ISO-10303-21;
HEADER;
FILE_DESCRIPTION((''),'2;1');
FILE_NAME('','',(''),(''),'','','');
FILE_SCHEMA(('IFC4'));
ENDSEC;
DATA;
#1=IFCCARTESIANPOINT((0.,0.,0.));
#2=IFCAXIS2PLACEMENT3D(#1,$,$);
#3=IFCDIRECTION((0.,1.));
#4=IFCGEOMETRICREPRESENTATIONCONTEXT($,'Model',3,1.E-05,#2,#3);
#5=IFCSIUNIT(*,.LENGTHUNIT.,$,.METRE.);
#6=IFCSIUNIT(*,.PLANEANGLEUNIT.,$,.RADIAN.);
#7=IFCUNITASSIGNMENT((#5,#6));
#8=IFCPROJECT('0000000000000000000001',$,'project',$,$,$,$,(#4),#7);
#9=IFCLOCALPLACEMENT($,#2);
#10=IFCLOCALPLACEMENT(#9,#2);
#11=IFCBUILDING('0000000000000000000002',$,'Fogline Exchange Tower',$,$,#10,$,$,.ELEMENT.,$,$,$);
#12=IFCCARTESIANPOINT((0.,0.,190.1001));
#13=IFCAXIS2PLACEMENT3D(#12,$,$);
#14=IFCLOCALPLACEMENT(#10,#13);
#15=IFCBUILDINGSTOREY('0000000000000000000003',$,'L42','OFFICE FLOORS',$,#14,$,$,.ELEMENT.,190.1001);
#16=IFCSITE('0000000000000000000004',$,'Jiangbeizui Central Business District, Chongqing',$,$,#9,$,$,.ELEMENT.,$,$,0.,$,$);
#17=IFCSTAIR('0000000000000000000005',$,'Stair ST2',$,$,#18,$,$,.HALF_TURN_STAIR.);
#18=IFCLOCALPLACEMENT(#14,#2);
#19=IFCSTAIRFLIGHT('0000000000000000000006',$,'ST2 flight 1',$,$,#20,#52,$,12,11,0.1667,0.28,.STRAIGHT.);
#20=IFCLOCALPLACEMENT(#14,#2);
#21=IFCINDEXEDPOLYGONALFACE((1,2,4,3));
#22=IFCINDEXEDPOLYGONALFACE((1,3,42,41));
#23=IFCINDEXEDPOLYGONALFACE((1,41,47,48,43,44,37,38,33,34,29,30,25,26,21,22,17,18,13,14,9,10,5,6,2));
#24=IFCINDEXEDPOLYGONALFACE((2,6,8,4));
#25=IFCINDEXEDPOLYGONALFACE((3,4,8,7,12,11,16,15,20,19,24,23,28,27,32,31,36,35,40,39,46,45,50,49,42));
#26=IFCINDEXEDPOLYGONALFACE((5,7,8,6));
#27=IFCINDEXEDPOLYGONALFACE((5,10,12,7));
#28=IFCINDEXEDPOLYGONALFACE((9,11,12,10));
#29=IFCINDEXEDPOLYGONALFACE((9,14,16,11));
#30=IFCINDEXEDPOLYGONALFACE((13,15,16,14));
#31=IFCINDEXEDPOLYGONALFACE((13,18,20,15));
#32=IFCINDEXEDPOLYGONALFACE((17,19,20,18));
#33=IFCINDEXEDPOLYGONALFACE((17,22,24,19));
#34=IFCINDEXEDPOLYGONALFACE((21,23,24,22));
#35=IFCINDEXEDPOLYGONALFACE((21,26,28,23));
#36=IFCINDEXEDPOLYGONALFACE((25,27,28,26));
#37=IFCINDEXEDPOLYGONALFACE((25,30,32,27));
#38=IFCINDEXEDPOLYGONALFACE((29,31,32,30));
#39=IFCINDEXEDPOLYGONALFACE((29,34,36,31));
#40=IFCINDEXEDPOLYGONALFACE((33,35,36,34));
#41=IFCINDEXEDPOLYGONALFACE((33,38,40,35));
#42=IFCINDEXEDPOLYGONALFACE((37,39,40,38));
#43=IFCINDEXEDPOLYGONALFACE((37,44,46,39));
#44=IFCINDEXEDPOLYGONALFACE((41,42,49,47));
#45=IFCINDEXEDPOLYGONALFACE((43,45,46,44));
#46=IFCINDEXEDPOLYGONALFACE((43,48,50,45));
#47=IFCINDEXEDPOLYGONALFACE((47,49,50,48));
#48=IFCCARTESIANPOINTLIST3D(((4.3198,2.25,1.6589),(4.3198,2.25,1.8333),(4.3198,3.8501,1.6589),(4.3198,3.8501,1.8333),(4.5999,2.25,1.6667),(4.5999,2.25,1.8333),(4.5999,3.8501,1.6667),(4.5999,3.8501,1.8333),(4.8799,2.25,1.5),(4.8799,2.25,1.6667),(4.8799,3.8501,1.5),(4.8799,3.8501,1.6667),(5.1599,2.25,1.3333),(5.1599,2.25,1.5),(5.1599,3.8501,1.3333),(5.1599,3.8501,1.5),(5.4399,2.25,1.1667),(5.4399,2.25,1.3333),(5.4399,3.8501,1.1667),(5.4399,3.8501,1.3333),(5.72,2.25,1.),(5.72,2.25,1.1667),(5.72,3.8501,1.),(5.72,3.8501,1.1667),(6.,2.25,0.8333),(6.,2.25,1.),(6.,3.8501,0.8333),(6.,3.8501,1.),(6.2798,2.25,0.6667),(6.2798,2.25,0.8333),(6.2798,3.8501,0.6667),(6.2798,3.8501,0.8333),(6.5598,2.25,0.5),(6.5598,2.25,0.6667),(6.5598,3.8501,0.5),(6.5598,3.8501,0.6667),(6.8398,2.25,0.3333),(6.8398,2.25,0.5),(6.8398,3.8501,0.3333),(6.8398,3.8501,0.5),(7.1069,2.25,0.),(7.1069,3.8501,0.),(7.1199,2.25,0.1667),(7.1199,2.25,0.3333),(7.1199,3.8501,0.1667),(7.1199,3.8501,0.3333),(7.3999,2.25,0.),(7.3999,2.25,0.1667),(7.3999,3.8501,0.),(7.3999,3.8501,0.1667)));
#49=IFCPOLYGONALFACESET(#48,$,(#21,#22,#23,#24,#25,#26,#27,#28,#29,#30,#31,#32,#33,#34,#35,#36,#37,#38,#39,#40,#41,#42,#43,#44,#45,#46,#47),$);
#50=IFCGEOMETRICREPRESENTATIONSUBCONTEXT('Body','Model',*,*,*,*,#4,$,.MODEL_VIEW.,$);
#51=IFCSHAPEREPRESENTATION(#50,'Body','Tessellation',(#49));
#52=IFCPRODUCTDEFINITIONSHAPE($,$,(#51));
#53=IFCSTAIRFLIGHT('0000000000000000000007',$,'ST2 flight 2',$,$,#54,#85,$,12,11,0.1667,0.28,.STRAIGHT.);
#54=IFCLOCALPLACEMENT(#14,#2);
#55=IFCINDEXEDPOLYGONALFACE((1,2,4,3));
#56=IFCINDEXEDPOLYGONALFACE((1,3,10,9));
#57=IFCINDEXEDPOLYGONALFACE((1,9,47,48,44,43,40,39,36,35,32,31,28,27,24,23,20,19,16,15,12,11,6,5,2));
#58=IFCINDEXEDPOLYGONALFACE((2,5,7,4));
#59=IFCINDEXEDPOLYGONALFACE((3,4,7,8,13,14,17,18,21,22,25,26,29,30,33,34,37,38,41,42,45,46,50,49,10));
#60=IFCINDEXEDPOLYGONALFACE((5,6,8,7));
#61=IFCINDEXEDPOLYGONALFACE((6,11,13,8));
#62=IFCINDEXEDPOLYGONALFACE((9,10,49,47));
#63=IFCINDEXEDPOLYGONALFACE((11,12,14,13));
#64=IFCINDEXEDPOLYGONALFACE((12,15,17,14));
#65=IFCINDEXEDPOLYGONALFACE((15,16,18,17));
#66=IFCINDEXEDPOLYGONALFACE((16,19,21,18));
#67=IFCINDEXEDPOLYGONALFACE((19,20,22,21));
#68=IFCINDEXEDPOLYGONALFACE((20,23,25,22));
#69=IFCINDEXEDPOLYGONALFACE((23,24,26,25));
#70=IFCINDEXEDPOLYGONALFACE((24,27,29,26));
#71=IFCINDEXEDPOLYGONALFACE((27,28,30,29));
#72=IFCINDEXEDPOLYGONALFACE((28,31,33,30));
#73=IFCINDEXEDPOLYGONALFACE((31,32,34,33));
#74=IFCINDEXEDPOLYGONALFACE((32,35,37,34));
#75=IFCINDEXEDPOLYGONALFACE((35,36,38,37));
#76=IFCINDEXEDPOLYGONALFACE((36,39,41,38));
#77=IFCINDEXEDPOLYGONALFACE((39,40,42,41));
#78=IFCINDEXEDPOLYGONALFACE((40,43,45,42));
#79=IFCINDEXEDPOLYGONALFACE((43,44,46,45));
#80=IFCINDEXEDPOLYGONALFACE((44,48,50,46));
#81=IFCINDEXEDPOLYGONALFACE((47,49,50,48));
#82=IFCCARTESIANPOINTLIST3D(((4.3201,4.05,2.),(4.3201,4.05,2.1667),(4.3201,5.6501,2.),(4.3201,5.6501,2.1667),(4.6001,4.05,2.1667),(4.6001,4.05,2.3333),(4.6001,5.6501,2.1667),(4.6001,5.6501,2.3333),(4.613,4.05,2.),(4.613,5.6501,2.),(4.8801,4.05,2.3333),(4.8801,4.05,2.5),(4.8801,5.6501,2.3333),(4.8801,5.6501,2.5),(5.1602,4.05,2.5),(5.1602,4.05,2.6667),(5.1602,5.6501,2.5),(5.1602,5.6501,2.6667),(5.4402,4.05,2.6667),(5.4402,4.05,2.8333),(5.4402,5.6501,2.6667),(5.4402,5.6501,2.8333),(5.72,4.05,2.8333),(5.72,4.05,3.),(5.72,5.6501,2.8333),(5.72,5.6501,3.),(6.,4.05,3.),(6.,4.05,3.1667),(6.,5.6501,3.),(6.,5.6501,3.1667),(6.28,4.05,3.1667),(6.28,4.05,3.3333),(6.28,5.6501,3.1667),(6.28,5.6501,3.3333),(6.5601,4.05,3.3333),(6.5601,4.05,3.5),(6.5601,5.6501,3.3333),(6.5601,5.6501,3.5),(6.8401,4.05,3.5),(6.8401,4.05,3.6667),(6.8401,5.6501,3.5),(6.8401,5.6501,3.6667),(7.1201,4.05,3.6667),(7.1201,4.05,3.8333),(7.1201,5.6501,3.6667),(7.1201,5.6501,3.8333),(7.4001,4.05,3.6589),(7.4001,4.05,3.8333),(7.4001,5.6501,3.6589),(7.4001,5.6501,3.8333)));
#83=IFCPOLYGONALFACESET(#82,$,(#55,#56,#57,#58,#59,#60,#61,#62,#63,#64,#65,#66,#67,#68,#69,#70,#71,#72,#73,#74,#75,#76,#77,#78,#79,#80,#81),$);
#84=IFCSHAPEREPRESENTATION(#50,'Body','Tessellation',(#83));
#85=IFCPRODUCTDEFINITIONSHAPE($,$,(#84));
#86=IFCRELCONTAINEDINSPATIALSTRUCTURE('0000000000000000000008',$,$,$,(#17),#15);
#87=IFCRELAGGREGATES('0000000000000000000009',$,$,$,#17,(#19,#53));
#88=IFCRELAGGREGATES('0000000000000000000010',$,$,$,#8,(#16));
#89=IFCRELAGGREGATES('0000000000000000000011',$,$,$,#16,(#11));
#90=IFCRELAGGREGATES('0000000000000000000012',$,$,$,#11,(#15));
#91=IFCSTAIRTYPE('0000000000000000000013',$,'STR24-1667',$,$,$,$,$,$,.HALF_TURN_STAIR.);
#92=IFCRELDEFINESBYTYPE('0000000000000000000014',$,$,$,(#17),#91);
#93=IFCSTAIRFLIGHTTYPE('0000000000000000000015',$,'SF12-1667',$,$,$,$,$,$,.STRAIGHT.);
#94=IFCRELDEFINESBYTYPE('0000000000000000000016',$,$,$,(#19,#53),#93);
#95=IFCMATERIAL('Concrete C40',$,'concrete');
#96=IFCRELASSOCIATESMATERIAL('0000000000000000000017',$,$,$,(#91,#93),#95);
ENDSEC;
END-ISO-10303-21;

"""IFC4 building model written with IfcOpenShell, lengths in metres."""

from ifc_helpers import new_model, si_unit, direction, frame, origin, place, context, subcontext, project, spatial, polyline, outline, extrude, material, type_object, element, aggregate, save


model = new_model("IFC4")

# Units and contexts
model_context = context("Model", 3, precision=1e-05, world=origin(), true_north=direction((0.0, 1.0)))
body_context = subcontext(model_context, "Body", "Model", "MODEL_VIEW")
ifc_project = project(units=[si_unit("LENGTHUNIT", "METRE"), si_unit("PLANEANGLEUNIT", "RADIAN")], contexts=[model_context])

# Site, building, storey
site_placement = place(None, origin())
site = spatial("IfcSite", under=ifc_project, at=site_placement, Name="Jiangbeizui Central Business District, Chongqing", CompositionType="ELEMENT", RefElevation=0.0)
building_placement = place(site_placement, origin())
building = spatial("IfcBuilding", under=site, at=building_placement, Name="Fogline Exchange Tower", CompositionType="ELEMENT")
storey_placement = place(building_placement, frame((0.0, 0.0, 190.1001)))
storey = spatial("IfcBuildingStorey", under=building, at=storey_placement, Name="L42", Description="OFFICE FLOORS", CompositionType="ELEMENT", Elevation=190.1001)

# Shared definitions
ifc_material_1 = material(Name="Concrete C40", Category="concrete")

# Stair
stair_type = type_object("IfcStairType", Name="STR24-1667", PredefinedType="HALF_TURN_STAIR", material=ifc_material_1)
stair_1_placement = place(storey_placement, origin())
stair_1 = element("IfcStair", 1, at=stair_1_placement, inside=storey, type_object=stair_type, Name="Stair ST2", PredefinedType="HALF_TURN_STAIR")

# Stair flights
stair_flight_type = type_object("IfcStairFlightType", Name="SF12-1667", PredefinedType="STRAIGHT", material=ifc_material_1)
stair_flight_1_placement = place(storey_placement, frame((7.3999, 3.05, 0.0), z_axis=(0.0, 0.0, 1.0), x_axis=(-1.0, 0.0, 0.0)))
stair_flight_1 = element("IfcStairFlight", 2, at=stair_flight_1_placement, type_object=stair_flight_type, Name="ST2 flight 1", NumberOfRisers=12, NumberOfTreads=11, PredefinedType="STRAIGHT", RiserHeight=0.1667, TreadLength=0.28, context=body_context, shape_type="SweptSolid", body=[
    extrude(outline(polyline([(0.0, 0.0), (0.0, 0.1667), (0.28, 0.1667), (0.28, 0.3333), (0.5601, 0.3333), (0.5601, 0.5), (0.8401, 0.5), (0.8401, 0.6667), (1.1201, 0.6667), (1.1201, 0.8333), (1.3999, 0.8333), (1.3999, 1.0), (1.6799, 1.0), (1.6799, 1.1667), (1.96, 1.1667), (1.96, 1.3333), (2.24, 1.3333), (2.24, 1.5), (2.52, 1.5), (2.52, 1.6667), (2.8, 1.6667), (2.8, 1.8333), (3.0801, 1.8333), (3.0801, 2.0), (3.0801, 1.6589), (0.293, 0.0), (0.0, 0.0)])), frame((0.0, 0.8, 0.0), z_axis=(0.0, -1.0, 0.0), x_axis=(1.0, 0.0, 0.0)), (0.0, 0.0, 1.0), 1.6001),
])
stair_flight_2_placement = place(storey_placement, frame((4.3201, 4.8501, 2.0), z_axis=(0.0, 0.0, 1.0), x_axis=(1.0, 0.0, 0.0)))
stair_flight_2 = element("IfcStairFlight", 3, at=stair_flight_2_placement, type_object=stair_flight_type, Name="ST2 flight 2", NumberOfRisers=12, NumberOfTreads=11, PredefinedType="STRAIGHT", RiserHeight=0.1667, TreadLength=0.28, context=body_context, shape_type="SweptSolid", body=[
    extrude(outline(polyline([(0.0, 0.0), (0.0, 0.1667), (0.28, 0.1667), (0.28, 0.3333), (0.5601, 0.3333), (0.5601, 0.5), (0.8401, 0.5), (0.8401, 0.6667), (1.1201, 0.6667), (1.1201, 0.8333), (1.3999, 0.8333), (1.3999, 1.0), (1.6799, 1.0), (1.6799, 1.1667), (1.96, 1.1667), (1.96, 1.3333), (2.24, 1.3333), (2.24, 1.5), (2.52, 1.5), (2.52, 1.6667), (2.8, 1.6667), (2.8, 1.8333), (3.0801, 1.8333), (3.0801, 2.0), (3.0801, 1.6589), (0.293, 0.0), (0.0, 0.0)])), frame((0.0, 0.8, 0.0), z_axis=(0.0, -1.0, 0.0), x_axis=(1.0, 0.0, 0.0)), (0.0, 0.0, 1.0), 1.6001),
])
aggregate(stair_1, [stair_flight_1, stair_flight_2])

save(model, "model.ifc")
